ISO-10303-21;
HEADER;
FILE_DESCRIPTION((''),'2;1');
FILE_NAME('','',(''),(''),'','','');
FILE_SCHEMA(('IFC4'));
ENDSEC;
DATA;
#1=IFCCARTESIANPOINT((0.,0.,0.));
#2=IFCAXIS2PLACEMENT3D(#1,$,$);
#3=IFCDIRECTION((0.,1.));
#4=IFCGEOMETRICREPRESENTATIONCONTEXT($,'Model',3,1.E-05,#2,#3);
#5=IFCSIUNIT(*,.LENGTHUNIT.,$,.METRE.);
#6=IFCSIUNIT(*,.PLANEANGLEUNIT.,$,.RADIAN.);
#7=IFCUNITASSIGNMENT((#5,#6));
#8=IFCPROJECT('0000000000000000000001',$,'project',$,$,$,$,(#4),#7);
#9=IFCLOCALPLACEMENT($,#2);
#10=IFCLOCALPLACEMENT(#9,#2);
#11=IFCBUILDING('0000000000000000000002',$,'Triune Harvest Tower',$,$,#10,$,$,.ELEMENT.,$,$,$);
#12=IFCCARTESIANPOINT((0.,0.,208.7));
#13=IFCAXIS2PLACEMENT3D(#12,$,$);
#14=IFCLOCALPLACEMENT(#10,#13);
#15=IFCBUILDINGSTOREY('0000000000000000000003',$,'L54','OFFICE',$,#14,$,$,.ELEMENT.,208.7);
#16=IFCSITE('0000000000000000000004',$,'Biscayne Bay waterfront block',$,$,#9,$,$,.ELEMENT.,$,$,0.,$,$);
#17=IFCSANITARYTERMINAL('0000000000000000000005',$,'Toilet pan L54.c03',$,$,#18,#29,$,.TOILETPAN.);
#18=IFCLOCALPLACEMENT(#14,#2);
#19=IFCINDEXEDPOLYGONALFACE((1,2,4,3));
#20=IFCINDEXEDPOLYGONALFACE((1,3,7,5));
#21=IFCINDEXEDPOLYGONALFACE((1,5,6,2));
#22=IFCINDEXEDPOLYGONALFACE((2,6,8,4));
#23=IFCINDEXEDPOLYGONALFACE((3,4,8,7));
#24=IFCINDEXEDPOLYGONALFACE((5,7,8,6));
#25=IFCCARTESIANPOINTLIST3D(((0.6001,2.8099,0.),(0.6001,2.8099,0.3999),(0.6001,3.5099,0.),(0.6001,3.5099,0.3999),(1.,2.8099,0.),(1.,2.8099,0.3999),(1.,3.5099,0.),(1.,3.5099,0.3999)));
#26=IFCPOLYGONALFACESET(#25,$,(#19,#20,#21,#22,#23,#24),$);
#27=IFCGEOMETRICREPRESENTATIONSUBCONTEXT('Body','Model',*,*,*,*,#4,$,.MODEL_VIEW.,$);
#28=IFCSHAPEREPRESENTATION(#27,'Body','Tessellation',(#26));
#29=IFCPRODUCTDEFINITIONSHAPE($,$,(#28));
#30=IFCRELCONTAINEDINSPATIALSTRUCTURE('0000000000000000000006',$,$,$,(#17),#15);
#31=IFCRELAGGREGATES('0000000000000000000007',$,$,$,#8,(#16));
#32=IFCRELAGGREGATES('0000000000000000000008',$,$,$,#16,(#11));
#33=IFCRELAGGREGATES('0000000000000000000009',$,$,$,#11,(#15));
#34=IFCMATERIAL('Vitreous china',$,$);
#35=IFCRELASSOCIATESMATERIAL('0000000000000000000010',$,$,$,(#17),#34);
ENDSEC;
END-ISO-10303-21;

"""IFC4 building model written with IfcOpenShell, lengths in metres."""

from ifc_helpers import new_model, si_unit, direction, frame, origin, origin_2d, place, context, subcontext, project, spatial, rectangle, extrude, source, transform, mapped, material, element, save


model = new_model("IFC4")

# Units and contexts
model_context = context("Model", 3, precision=1e-05, world=origin(), true_north=direction((0.0, 1.0)))
body_context = subcontext(model_context, "Body", "Model", "MODEL_VIEW")
ifc_project = project(units=[si_unit("LENGTHUNIT", "METRE"), si_unit("PLANEANGLEUNIT", "RADIAN")], contexts=[model_context])

# Site, building, storey
site_placement = place(None, origin())
site = spatial("IfcSite", under=ifc_project, at=site_placement, Name="Biscayne Bay waterfront block", CompositionType="ELEMENT", RefElevation=0.0)
building_placement = place(site_placement, origin())
building = spatial("IfcBuilding", under=site, at=building_placement, Name="Triune Harvest Tower", CompositionType="ELEMENT")
storey_placement = place(building_placement, frame((0.0, 0.0, 208.7)))
storey = spatial("IfcBuildingStorey", under=building, at=storey_placement, Name="L54", Description="OFFICE", CompositionType="ELEMENT", Elevation=208.7)

# Sanitary terminal
ifc_material_1 = material(Name="Vitreous china")
shared_shape_1 = source(origin(), body_context, "Body", "SweptSolid", [
    extrude(rectangle(XDim=0.3999, YDim=0.7, at=origin_2d()), origin(), (0.0, 0.0, 1.0), 0.3999),
])
for number, where, z_axis, x_axis, name in (
    (1, (0.8, 3.1599, 0.0), (0.0, 0.0, 1.0), (-1.0, 0.0, 0.0), "Toilet pan L54.c03"),
):
    element("IfcSanitaryTerminal", number, at=place(storey_placement, frame(where, z_axis=z_axis, x_axis=x_axis)), inside=storey, material=ifc_material_1, Name=name, PredefinedType="TOILETPAN", context=body_context, shape_type="MappedRepresentation", body=[
        mapped(shared_shape_1, transform((0.0, 0.0, 0.0), scale=1.0)),
    ])

save(model, "model.ifc")
